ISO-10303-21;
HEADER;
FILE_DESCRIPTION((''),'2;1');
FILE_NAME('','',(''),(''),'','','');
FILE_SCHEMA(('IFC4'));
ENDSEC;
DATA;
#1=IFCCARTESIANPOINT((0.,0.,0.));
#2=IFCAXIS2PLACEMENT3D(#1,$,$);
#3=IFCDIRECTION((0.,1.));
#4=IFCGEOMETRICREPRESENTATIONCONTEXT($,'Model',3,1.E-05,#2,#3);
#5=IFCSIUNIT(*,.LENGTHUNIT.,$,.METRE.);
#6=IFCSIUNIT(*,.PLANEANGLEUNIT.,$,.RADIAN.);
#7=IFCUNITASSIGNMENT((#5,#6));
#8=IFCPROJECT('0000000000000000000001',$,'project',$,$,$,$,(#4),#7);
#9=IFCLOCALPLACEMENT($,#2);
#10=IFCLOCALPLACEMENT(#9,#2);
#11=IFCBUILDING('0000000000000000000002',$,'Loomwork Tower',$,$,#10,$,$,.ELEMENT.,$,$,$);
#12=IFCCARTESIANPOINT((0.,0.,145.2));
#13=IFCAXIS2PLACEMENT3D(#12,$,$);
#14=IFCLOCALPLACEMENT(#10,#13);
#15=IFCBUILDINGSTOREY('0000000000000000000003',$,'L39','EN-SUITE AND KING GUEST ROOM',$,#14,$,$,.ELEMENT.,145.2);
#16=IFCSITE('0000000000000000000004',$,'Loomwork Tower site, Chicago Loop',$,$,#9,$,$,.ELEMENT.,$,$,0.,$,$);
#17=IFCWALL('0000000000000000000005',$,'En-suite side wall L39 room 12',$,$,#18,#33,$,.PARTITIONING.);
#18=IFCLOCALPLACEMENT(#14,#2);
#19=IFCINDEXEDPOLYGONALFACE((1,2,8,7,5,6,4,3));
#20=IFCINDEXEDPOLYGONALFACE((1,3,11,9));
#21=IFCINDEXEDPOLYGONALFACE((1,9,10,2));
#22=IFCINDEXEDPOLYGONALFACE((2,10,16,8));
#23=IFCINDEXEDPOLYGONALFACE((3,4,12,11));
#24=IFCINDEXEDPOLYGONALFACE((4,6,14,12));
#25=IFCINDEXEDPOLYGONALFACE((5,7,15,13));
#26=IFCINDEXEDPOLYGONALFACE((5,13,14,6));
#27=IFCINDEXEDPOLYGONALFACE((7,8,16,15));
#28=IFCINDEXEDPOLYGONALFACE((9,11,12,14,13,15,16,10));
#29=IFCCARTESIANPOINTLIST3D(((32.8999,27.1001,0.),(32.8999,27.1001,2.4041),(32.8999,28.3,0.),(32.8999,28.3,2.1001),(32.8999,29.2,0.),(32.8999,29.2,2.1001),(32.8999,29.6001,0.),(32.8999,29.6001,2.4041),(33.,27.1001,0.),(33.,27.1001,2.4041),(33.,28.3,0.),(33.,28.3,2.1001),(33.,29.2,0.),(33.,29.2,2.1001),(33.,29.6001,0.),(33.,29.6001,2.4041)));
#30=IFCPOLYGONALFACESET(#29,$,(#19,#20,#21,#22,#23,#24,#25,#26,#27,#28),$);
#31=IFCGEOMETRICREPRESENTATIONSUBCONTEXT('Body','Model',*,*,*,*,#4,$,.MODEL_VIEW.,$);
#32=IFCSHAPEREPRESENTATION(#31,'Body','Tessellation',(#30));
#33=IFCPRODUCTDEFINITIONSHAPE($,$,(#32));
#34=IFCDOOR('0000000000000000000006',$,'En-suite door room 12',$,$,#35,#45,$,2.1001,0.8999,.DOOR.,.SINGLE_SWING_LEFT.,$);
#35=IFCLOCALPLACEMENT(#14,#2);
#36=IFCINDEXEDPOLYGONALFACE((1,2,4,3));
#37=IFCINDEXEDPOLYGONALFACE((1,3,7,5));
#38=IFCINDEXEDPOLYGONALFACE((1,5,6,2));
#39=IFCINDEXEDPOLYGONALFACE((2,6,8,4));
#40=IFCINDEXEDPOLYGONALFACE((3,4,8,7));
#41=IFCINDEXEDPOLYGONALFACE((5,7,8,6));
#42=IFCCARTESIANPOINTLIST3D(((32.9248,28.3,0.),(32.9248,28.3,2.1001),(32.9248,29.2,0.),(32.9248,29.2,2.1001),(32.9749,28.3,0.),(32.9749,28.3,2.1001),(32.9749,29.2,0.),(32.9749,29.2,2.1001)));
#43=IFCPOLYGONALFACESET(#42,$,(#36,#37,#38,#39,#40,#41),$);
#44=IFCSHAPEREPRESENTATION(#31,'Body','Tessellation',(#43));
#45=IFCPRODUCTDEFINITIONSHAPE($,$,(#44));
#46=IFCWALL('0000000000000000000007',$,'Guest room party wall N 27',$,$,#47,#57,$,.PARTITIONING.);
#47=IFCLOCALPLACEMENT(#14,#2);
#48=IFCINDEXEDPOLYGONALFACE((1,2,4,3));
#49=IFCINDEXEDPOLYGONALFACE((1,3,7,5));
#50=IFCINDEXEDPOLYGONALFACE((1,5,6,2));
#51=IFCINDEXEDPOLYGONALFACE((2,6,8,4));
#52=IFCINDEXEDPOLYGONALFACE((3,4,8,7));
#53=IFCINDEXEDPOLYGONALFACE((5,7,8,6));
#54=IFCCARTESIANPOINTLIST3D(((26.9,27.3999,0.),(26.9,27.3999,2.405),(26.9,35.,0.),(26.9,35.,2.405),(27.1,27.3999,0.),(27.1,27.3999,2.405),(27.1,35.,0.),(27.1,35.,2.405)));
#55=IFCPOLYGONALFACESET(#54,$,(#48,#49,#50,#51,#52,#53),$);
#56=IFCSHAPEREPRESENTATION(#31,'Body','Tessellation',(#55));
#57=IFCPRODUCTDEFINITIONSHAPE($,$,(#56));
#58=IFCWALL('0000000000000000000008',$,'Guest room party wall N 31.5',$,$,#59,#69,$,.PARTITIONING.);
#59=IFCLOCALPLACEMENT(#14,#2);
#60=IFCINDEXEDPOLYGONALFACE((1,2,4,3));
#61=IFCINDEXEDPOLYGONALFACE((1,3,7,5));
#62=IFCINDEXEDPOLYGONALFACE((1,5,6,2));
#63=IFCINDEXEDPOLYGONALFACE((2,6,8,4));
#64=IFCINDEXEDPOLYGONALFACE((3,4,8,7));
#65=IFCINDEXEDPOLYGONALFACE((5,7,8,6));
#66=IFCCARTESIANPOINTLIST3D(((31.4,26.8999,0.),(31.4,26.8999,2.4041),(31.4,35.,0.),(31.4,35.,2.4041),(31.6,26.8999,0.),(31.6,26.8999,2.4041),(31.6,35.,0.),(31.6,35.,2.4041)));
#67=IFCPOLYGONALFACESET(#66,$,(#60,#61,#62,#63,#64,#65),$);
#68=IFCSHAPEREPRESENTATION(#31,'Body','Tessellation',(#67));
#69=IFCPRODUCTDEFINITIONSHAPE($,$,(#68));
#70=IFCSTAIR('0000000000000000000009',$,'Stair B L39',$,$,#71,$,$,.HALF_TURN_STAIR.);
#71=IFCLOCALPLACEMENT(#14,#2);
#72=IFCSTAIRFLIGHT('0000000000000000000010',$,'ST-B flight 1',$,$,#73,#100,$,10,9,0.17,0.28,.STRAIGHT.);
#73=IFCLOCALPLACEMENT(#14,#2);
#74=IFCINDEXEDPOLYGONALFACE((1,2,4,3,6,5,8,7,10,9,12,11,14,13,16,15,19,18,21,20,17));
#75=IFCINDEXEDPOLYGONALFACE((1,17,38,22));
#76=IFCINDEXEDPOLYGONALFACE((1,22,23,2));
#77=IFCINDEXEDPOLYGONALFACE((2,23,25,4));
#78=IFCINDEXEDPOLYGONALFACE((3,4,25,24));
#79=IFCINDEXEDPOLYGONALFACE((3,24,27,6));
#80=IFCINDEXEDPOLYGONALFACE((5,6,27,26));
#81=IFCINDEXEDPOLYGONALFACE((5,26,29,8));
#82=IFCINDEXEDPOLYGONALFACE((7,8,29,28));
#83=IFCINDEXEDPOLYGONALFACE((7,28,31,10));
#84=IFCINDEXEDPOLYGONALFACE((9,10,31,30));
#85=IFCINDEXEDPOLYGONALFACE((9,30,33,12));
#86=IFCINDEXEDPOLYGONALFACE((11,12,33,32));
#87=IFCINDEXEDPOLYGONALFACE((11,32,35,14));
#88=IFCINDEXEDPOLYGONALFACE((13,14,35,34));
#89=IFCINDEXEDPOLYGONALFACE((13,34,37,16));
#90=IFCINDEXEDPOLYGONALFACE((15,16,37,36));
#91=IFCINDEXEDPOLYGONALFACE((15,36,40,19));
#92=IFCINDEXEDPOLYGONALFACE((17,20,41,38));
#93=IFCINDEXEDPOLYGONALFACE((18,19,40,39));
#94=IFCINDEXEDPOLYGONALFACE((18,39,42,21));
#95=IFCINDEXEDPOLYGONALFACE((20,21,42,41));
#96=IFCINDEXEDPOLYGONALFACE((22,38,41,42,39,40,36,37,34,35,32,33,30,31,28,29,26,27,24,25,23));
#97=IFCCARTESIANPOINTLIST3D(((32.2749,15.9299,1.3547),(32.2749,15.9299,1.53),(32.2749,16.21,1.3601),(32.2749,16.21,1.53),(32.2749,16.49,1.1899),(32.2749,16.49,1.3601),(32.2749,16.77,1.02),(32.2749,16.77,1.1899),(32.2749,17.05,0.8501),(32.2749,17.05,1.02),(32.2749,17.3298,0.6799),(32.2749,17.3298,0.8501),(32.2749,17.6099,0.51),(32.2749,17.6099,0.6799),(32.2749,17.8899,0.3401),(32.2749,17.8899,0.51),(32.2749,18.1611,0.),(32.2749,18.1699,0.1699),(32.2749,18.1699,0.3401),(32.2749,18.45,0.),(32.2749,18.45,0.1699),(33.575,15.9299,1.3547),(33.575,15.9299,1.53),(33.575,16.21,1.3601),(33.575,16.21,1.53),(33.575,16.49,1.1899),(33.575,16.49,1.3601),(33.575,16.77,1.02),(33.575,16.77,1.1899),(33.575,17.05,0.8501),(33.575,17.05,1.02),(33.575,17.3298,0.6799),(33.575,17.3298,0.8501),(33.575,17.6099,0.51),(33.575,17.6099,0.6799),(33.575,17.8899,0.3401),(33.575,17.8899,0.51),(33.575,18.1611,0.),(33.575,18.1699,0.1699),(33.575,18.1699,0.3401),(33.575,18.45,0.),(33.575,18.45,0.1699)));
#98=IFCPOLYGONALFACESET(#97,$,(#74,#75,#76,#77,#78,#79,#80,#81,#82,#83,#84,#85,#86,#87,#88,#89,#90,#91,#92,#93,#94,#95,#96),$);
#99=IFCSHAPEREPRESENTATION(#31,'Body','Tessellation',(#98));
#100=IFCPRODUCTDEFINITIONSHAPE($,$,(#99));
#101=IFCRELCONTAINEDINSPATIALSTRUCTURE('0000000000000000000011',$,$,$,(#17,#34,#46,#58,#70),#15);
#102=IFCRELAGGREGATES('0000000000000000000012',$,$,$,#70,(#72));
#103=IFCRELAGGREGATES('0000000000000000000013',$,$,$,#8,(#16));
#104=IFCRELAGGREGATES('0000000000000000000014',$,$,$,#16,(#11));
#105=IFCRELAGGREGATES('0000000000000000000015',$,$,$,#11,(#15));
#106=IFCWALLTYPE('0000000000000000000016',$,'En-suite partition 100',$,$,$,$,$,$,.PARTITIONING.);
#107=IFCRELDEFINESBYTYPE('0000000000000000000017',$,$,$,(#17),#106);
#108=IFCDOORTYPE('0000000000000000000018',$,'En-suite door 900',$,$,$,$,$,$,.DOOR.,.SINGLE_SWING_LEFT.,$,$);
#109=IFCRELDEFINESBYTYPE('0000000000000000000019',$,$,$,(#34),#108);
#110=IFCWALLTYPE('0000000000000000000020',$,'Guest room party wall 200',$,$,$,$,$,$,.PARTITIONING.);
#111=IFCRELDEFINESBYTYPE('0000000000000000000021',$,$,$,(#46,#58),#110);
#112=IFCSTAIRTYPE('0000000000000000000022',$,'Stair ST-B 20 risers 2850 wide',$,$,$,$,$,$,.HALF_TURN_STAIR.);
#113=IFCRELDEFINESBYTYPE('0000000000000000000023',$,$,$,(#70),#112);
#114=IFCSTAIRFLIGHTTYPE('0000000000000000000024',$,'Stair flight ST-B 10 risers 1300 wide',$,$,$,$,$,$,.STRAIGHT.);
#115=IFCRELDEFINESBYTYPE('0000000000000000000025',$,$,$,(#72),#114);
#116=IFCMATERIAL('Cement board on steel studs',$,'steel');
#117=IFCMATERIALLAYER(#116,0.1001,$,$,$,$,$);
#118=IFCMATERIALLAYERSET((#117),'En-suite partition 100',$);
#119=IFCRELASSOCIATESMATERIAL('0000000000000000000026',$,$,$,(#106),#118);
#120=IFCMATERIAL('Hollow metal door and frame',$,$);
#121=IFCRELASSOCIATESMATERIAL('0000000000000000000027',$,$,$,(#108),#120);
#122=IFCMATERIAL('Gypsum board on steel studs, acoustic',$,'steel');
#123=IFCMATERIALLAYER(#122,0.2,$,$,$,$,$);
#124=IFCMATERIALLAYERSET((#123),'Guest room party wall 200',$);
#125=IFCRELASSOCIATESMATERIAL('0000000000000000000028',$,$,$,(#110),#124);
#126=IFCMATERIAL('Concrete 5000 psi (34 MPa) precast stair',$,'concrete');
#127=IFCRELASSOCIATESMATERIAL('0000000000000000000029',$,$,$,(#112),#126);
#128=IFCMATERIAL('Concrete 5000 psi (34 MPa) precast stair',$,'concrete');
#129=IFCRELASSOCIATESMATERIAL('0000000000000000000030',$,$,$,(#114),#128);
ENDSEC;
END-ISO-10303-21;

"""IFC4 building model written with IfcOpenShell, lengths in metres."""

from ifc_helpers import new_model, si_unit, direction, frame, frame_2d, origin, place, context, subcontext, project, spatial, polyline, rectangle, outline, extrude, material, layer, layer_set, type_object, element, fill, aggregate, save


model = new_model("IFC4")

# Units and contexts
model_context = context("Model", 3, precision=1e-05, world=origin(), true_north=direction((0.0, 1.0)))
body_context = subcontext(model_context, "Body", "Model", "MODEL_VIEW")
ifc_project = project(units=[si_unit("LENGTHUNIT", "METRE"), si_unit("PLANEANGLEUNIT", "RADIAN")], contexts=[model_context])

# Site, building, storey
site_placement = place(None, origin())
site = spatial("IfcSite", under=ifc_project, at=site_placement, Name="Loomwork Tower site, Chicago Loop", CompositionType="ELEMENT", RefElevation=0.0)
building_placement = place(site_placement, origin())
building = spatial("IfcBuilding", under=site, at=building_placement, Name="Loomwork Tower", CompositionType="ELEMENT")
storey_placement = place(building_placement, frame((0.0, 0.0, 145.2)))
storey = spatial("IfcBuildingStorey", under=building, at=storey_placement, Name="L39", Description="EN-SUITE AND KING GUEST ROOM", CompositionType="ELEMENT", Elevation=145.2)

# Wall, opening, door
ifc_material_1 = material(Name="Cement board on steel studs", Category="steel")
ifc_layer_1 = layer(ifc_material_1, 0.1001)
ifc_layer_set_1 = layer_set([ifc_layer_1], Name="En-suite partition 100")
wall_type_1 = type_object("IfcWallType", Name="En-suite partition 100", PredefinedType="PARTITIONING", material=ifc_layer_set_1)
wall_1_placement = place(storey_placement, frame((32.95, 27.1001, 0.0), z_axis=(0.0, 0.0, 1.0), x_axis=(0.0, 1.0, 0.0)))
wall_1 = element("IfcWall", 1, at=wall_1_placement, inside=storey, type_object=wall_type_1, Name="En-suite side wall L39 room 12", PredefinedType="PARTITIONING", context=body_context, shape_type="SweptSolid", body=[
    extrude(rectangle(XDim=2.5, YDim=0.1001, at=frame_2d((1.25, 0.0))), origin(), (0.0, 0.0, 1.0), 2.4041),
])
opening_1_placement = place(wall_1_placement, frame((1.2, 0.0, 0.0)))
opening_1 = element("IfcOpeningElement", 2, at=opening_1_placement, cuts=wall_1, PredefinedType="OPENING", context=body_context, shape_type="SweptSolid", body=[
    extrude(rectangle(XDim=0.8999, YDim=2.1001, at=frame_2d((0.45, 1.05))), frame((0.0, 0.0601, 0.0), z_axis=(0.0, -1.0, 0.0), x_axis=(1.0, 0.0, 0.0)), (0.0, 0.0, 1.0), 0.1201),
])
ifc_material_2 = material(Name="Hollow metal door and frame")
door_type_1 = type_object("IfcDoorType", Name="En-suite door 900", OperationType="SINGLE_SWING_LEFT", PredefinedType="DOOR", material=ifc_material_2)
door_1_placement = place(opening_1_placement, frame((0.8999, 0.0, 0.0), z_axis=(0.0, 0.0, 1.0), x_axis=(-1.0, 0.0, 0.0)))
door_1 = element("IfcDoor", 3, at=door_1_placement, inside=storey, type_object=door_type_1, Name="En-suite door room 12", OperationType="SINGLE_SWING_LEFT", OverallHeight=2.1001, OverallWidth=0.8999, PredefinedType="DOOR", context=body_context, shape_type="SweptSolid", body=[
    extrude(rectangle(XDim=0.8999, YDim=2.1001, at=frame_2d((0.45, 1.05))), frame((0.0, 0.0249, 0.0), z_axis=(0.0, -1.0, 0.0), x_axis=(1.0, 0.0, 0.0)), (0.0, 0.0, 1.0), 0.05),
])
fill(opening_1, door_1)

# Walls
ifc_material_3 = material(Name="Gypsum board on steel studs, acoustic", Category="steel")
ifc_layer_2 = layer(ifc_material_3, 0.2)
ifc_layer_set_2 = layer_set([ifc_layer_2], Name="Guest room party wall 200")
wall_type_2 = type_object("IfcWallType", Name="Guest room party wall 200", PredefinedType="PARTITIONING", material=ifc_layer_set_2)
wall_2_placement = place(storey_placement, frame((27.0, 27.3999, 0.0), z_axis=(0.0, 0.0, 1.0), x_axis=(0.0, 1.0, 0.0)))
element("IfcWall", 4, at=wall_2_placement, inside=storey, type_object=wall_type_2, Name="Guest room party wall N 27", PredefinedType="PARTITIONING", context=body_context, shape_type="SweptSolid", body=[
    extrude(rectangle(XDim=7.6001, YDim=0.2, at=frame_2d((3.8, 0.0))), origin(), (0.0, 0.0, 1.0), 2.405),
])
wall_3_placement = place(storey_placement, frame((31.5, 26.8999, 0.0), z_axis=(0.0, 0.0, 1.0), x_axis=(0.0, 1.0, 0.0)))
element("IfcWall", 5, at=wall_3_placement, inside=storey, type_object=wall_type_2, Name="Guest room party wall N 31.5", PredefinedType="PARTITIONING", context=body_context, shape_type="SweptSolid", body=[
    extrude(rectangle(XDim=8.1001, YDim=0.2, at=frame_2d((4.05, 0.0))), origin(), (0.0, 0.0, 1.0), 2.4041),
])

# Stair, stair flight
ifc_material_4 = material(Name="Concrete 5000 psi (34 MPa) precast stair", Category="concrete")
stair_type = type_object("IfcStairType", Name="Stair ST-B 20 risers 2850 wide", PredefinedType="HALF_TURN_STAIR", material=ifc_material_4)
stair_placement = place(storey_placement, origin())
stair = element("IfcStair", 6, at=stair_placement, inside=storey, type_object=stair_type, Name="Stair B L39", PredefinedType="HALF_TURN_STAIR")
ifc_material_5 = material(Name="Concrete 5000 psi (34 MPa) precast stair", Category="concrete")
stair_flight_type = type_object("IfcStairFlightType", Name="Stair flight ST-B 10 risers 1300 wide", PredefinedType="STRAIGHT", material=ifc_material_5)
stair_flight_placement = place(storey_placement, frame((32.925, 18.45, 0.0), z_axis=(0.0, 0.0, 1.0), x_axis=(0.0, -1.0, 0.0)))
stair_flight = element("IfcStairFlight", 7, at=stair_flight_placement, type_object=stair_flight_type, Name="ST-B flight 1", NumberOfRisers=10, NumberOfTreads=9, PredefinedType="STRAIGHT", RiserHeight=0.17, TreadLength=0.28, context=body_context, shape_type="SweptSolid", body=[
    extrude(outline(polyline([(0.0, 0.0), (0.0, 0.1699), (0.28, 0.1699), (0.28, 0.3401), (0.5601, 0.3401), (0.5601, 0.51), (0.8401, 0.51), (0.8401, 0.6799), (1.1201, 0.6799), (1.1201, 0.8501), (1.3999, 0.8501), (1.3999, 1.02), (1.6799, 1.02), (1.6799, 1.1899), (1.96, 1.1899), (1.96, 1.3601), (2.24, 1.3601), (2.24, 1.53), (2.52, 1.53), (2.52, 1.7), (2.52, 1.3547), (0.2888, 0.0), (0.0, 0.0)])), frame((0.0, 0.6499, 0.0), z_axis=(0.0, -1.0, 0.0), x_axis=(1.0, 0.0, 0.0)), (0.0, 0.0, 1.0), 1.3),
])
aggregate(stair, [stair_flight])

save(model, "model.ifc")
